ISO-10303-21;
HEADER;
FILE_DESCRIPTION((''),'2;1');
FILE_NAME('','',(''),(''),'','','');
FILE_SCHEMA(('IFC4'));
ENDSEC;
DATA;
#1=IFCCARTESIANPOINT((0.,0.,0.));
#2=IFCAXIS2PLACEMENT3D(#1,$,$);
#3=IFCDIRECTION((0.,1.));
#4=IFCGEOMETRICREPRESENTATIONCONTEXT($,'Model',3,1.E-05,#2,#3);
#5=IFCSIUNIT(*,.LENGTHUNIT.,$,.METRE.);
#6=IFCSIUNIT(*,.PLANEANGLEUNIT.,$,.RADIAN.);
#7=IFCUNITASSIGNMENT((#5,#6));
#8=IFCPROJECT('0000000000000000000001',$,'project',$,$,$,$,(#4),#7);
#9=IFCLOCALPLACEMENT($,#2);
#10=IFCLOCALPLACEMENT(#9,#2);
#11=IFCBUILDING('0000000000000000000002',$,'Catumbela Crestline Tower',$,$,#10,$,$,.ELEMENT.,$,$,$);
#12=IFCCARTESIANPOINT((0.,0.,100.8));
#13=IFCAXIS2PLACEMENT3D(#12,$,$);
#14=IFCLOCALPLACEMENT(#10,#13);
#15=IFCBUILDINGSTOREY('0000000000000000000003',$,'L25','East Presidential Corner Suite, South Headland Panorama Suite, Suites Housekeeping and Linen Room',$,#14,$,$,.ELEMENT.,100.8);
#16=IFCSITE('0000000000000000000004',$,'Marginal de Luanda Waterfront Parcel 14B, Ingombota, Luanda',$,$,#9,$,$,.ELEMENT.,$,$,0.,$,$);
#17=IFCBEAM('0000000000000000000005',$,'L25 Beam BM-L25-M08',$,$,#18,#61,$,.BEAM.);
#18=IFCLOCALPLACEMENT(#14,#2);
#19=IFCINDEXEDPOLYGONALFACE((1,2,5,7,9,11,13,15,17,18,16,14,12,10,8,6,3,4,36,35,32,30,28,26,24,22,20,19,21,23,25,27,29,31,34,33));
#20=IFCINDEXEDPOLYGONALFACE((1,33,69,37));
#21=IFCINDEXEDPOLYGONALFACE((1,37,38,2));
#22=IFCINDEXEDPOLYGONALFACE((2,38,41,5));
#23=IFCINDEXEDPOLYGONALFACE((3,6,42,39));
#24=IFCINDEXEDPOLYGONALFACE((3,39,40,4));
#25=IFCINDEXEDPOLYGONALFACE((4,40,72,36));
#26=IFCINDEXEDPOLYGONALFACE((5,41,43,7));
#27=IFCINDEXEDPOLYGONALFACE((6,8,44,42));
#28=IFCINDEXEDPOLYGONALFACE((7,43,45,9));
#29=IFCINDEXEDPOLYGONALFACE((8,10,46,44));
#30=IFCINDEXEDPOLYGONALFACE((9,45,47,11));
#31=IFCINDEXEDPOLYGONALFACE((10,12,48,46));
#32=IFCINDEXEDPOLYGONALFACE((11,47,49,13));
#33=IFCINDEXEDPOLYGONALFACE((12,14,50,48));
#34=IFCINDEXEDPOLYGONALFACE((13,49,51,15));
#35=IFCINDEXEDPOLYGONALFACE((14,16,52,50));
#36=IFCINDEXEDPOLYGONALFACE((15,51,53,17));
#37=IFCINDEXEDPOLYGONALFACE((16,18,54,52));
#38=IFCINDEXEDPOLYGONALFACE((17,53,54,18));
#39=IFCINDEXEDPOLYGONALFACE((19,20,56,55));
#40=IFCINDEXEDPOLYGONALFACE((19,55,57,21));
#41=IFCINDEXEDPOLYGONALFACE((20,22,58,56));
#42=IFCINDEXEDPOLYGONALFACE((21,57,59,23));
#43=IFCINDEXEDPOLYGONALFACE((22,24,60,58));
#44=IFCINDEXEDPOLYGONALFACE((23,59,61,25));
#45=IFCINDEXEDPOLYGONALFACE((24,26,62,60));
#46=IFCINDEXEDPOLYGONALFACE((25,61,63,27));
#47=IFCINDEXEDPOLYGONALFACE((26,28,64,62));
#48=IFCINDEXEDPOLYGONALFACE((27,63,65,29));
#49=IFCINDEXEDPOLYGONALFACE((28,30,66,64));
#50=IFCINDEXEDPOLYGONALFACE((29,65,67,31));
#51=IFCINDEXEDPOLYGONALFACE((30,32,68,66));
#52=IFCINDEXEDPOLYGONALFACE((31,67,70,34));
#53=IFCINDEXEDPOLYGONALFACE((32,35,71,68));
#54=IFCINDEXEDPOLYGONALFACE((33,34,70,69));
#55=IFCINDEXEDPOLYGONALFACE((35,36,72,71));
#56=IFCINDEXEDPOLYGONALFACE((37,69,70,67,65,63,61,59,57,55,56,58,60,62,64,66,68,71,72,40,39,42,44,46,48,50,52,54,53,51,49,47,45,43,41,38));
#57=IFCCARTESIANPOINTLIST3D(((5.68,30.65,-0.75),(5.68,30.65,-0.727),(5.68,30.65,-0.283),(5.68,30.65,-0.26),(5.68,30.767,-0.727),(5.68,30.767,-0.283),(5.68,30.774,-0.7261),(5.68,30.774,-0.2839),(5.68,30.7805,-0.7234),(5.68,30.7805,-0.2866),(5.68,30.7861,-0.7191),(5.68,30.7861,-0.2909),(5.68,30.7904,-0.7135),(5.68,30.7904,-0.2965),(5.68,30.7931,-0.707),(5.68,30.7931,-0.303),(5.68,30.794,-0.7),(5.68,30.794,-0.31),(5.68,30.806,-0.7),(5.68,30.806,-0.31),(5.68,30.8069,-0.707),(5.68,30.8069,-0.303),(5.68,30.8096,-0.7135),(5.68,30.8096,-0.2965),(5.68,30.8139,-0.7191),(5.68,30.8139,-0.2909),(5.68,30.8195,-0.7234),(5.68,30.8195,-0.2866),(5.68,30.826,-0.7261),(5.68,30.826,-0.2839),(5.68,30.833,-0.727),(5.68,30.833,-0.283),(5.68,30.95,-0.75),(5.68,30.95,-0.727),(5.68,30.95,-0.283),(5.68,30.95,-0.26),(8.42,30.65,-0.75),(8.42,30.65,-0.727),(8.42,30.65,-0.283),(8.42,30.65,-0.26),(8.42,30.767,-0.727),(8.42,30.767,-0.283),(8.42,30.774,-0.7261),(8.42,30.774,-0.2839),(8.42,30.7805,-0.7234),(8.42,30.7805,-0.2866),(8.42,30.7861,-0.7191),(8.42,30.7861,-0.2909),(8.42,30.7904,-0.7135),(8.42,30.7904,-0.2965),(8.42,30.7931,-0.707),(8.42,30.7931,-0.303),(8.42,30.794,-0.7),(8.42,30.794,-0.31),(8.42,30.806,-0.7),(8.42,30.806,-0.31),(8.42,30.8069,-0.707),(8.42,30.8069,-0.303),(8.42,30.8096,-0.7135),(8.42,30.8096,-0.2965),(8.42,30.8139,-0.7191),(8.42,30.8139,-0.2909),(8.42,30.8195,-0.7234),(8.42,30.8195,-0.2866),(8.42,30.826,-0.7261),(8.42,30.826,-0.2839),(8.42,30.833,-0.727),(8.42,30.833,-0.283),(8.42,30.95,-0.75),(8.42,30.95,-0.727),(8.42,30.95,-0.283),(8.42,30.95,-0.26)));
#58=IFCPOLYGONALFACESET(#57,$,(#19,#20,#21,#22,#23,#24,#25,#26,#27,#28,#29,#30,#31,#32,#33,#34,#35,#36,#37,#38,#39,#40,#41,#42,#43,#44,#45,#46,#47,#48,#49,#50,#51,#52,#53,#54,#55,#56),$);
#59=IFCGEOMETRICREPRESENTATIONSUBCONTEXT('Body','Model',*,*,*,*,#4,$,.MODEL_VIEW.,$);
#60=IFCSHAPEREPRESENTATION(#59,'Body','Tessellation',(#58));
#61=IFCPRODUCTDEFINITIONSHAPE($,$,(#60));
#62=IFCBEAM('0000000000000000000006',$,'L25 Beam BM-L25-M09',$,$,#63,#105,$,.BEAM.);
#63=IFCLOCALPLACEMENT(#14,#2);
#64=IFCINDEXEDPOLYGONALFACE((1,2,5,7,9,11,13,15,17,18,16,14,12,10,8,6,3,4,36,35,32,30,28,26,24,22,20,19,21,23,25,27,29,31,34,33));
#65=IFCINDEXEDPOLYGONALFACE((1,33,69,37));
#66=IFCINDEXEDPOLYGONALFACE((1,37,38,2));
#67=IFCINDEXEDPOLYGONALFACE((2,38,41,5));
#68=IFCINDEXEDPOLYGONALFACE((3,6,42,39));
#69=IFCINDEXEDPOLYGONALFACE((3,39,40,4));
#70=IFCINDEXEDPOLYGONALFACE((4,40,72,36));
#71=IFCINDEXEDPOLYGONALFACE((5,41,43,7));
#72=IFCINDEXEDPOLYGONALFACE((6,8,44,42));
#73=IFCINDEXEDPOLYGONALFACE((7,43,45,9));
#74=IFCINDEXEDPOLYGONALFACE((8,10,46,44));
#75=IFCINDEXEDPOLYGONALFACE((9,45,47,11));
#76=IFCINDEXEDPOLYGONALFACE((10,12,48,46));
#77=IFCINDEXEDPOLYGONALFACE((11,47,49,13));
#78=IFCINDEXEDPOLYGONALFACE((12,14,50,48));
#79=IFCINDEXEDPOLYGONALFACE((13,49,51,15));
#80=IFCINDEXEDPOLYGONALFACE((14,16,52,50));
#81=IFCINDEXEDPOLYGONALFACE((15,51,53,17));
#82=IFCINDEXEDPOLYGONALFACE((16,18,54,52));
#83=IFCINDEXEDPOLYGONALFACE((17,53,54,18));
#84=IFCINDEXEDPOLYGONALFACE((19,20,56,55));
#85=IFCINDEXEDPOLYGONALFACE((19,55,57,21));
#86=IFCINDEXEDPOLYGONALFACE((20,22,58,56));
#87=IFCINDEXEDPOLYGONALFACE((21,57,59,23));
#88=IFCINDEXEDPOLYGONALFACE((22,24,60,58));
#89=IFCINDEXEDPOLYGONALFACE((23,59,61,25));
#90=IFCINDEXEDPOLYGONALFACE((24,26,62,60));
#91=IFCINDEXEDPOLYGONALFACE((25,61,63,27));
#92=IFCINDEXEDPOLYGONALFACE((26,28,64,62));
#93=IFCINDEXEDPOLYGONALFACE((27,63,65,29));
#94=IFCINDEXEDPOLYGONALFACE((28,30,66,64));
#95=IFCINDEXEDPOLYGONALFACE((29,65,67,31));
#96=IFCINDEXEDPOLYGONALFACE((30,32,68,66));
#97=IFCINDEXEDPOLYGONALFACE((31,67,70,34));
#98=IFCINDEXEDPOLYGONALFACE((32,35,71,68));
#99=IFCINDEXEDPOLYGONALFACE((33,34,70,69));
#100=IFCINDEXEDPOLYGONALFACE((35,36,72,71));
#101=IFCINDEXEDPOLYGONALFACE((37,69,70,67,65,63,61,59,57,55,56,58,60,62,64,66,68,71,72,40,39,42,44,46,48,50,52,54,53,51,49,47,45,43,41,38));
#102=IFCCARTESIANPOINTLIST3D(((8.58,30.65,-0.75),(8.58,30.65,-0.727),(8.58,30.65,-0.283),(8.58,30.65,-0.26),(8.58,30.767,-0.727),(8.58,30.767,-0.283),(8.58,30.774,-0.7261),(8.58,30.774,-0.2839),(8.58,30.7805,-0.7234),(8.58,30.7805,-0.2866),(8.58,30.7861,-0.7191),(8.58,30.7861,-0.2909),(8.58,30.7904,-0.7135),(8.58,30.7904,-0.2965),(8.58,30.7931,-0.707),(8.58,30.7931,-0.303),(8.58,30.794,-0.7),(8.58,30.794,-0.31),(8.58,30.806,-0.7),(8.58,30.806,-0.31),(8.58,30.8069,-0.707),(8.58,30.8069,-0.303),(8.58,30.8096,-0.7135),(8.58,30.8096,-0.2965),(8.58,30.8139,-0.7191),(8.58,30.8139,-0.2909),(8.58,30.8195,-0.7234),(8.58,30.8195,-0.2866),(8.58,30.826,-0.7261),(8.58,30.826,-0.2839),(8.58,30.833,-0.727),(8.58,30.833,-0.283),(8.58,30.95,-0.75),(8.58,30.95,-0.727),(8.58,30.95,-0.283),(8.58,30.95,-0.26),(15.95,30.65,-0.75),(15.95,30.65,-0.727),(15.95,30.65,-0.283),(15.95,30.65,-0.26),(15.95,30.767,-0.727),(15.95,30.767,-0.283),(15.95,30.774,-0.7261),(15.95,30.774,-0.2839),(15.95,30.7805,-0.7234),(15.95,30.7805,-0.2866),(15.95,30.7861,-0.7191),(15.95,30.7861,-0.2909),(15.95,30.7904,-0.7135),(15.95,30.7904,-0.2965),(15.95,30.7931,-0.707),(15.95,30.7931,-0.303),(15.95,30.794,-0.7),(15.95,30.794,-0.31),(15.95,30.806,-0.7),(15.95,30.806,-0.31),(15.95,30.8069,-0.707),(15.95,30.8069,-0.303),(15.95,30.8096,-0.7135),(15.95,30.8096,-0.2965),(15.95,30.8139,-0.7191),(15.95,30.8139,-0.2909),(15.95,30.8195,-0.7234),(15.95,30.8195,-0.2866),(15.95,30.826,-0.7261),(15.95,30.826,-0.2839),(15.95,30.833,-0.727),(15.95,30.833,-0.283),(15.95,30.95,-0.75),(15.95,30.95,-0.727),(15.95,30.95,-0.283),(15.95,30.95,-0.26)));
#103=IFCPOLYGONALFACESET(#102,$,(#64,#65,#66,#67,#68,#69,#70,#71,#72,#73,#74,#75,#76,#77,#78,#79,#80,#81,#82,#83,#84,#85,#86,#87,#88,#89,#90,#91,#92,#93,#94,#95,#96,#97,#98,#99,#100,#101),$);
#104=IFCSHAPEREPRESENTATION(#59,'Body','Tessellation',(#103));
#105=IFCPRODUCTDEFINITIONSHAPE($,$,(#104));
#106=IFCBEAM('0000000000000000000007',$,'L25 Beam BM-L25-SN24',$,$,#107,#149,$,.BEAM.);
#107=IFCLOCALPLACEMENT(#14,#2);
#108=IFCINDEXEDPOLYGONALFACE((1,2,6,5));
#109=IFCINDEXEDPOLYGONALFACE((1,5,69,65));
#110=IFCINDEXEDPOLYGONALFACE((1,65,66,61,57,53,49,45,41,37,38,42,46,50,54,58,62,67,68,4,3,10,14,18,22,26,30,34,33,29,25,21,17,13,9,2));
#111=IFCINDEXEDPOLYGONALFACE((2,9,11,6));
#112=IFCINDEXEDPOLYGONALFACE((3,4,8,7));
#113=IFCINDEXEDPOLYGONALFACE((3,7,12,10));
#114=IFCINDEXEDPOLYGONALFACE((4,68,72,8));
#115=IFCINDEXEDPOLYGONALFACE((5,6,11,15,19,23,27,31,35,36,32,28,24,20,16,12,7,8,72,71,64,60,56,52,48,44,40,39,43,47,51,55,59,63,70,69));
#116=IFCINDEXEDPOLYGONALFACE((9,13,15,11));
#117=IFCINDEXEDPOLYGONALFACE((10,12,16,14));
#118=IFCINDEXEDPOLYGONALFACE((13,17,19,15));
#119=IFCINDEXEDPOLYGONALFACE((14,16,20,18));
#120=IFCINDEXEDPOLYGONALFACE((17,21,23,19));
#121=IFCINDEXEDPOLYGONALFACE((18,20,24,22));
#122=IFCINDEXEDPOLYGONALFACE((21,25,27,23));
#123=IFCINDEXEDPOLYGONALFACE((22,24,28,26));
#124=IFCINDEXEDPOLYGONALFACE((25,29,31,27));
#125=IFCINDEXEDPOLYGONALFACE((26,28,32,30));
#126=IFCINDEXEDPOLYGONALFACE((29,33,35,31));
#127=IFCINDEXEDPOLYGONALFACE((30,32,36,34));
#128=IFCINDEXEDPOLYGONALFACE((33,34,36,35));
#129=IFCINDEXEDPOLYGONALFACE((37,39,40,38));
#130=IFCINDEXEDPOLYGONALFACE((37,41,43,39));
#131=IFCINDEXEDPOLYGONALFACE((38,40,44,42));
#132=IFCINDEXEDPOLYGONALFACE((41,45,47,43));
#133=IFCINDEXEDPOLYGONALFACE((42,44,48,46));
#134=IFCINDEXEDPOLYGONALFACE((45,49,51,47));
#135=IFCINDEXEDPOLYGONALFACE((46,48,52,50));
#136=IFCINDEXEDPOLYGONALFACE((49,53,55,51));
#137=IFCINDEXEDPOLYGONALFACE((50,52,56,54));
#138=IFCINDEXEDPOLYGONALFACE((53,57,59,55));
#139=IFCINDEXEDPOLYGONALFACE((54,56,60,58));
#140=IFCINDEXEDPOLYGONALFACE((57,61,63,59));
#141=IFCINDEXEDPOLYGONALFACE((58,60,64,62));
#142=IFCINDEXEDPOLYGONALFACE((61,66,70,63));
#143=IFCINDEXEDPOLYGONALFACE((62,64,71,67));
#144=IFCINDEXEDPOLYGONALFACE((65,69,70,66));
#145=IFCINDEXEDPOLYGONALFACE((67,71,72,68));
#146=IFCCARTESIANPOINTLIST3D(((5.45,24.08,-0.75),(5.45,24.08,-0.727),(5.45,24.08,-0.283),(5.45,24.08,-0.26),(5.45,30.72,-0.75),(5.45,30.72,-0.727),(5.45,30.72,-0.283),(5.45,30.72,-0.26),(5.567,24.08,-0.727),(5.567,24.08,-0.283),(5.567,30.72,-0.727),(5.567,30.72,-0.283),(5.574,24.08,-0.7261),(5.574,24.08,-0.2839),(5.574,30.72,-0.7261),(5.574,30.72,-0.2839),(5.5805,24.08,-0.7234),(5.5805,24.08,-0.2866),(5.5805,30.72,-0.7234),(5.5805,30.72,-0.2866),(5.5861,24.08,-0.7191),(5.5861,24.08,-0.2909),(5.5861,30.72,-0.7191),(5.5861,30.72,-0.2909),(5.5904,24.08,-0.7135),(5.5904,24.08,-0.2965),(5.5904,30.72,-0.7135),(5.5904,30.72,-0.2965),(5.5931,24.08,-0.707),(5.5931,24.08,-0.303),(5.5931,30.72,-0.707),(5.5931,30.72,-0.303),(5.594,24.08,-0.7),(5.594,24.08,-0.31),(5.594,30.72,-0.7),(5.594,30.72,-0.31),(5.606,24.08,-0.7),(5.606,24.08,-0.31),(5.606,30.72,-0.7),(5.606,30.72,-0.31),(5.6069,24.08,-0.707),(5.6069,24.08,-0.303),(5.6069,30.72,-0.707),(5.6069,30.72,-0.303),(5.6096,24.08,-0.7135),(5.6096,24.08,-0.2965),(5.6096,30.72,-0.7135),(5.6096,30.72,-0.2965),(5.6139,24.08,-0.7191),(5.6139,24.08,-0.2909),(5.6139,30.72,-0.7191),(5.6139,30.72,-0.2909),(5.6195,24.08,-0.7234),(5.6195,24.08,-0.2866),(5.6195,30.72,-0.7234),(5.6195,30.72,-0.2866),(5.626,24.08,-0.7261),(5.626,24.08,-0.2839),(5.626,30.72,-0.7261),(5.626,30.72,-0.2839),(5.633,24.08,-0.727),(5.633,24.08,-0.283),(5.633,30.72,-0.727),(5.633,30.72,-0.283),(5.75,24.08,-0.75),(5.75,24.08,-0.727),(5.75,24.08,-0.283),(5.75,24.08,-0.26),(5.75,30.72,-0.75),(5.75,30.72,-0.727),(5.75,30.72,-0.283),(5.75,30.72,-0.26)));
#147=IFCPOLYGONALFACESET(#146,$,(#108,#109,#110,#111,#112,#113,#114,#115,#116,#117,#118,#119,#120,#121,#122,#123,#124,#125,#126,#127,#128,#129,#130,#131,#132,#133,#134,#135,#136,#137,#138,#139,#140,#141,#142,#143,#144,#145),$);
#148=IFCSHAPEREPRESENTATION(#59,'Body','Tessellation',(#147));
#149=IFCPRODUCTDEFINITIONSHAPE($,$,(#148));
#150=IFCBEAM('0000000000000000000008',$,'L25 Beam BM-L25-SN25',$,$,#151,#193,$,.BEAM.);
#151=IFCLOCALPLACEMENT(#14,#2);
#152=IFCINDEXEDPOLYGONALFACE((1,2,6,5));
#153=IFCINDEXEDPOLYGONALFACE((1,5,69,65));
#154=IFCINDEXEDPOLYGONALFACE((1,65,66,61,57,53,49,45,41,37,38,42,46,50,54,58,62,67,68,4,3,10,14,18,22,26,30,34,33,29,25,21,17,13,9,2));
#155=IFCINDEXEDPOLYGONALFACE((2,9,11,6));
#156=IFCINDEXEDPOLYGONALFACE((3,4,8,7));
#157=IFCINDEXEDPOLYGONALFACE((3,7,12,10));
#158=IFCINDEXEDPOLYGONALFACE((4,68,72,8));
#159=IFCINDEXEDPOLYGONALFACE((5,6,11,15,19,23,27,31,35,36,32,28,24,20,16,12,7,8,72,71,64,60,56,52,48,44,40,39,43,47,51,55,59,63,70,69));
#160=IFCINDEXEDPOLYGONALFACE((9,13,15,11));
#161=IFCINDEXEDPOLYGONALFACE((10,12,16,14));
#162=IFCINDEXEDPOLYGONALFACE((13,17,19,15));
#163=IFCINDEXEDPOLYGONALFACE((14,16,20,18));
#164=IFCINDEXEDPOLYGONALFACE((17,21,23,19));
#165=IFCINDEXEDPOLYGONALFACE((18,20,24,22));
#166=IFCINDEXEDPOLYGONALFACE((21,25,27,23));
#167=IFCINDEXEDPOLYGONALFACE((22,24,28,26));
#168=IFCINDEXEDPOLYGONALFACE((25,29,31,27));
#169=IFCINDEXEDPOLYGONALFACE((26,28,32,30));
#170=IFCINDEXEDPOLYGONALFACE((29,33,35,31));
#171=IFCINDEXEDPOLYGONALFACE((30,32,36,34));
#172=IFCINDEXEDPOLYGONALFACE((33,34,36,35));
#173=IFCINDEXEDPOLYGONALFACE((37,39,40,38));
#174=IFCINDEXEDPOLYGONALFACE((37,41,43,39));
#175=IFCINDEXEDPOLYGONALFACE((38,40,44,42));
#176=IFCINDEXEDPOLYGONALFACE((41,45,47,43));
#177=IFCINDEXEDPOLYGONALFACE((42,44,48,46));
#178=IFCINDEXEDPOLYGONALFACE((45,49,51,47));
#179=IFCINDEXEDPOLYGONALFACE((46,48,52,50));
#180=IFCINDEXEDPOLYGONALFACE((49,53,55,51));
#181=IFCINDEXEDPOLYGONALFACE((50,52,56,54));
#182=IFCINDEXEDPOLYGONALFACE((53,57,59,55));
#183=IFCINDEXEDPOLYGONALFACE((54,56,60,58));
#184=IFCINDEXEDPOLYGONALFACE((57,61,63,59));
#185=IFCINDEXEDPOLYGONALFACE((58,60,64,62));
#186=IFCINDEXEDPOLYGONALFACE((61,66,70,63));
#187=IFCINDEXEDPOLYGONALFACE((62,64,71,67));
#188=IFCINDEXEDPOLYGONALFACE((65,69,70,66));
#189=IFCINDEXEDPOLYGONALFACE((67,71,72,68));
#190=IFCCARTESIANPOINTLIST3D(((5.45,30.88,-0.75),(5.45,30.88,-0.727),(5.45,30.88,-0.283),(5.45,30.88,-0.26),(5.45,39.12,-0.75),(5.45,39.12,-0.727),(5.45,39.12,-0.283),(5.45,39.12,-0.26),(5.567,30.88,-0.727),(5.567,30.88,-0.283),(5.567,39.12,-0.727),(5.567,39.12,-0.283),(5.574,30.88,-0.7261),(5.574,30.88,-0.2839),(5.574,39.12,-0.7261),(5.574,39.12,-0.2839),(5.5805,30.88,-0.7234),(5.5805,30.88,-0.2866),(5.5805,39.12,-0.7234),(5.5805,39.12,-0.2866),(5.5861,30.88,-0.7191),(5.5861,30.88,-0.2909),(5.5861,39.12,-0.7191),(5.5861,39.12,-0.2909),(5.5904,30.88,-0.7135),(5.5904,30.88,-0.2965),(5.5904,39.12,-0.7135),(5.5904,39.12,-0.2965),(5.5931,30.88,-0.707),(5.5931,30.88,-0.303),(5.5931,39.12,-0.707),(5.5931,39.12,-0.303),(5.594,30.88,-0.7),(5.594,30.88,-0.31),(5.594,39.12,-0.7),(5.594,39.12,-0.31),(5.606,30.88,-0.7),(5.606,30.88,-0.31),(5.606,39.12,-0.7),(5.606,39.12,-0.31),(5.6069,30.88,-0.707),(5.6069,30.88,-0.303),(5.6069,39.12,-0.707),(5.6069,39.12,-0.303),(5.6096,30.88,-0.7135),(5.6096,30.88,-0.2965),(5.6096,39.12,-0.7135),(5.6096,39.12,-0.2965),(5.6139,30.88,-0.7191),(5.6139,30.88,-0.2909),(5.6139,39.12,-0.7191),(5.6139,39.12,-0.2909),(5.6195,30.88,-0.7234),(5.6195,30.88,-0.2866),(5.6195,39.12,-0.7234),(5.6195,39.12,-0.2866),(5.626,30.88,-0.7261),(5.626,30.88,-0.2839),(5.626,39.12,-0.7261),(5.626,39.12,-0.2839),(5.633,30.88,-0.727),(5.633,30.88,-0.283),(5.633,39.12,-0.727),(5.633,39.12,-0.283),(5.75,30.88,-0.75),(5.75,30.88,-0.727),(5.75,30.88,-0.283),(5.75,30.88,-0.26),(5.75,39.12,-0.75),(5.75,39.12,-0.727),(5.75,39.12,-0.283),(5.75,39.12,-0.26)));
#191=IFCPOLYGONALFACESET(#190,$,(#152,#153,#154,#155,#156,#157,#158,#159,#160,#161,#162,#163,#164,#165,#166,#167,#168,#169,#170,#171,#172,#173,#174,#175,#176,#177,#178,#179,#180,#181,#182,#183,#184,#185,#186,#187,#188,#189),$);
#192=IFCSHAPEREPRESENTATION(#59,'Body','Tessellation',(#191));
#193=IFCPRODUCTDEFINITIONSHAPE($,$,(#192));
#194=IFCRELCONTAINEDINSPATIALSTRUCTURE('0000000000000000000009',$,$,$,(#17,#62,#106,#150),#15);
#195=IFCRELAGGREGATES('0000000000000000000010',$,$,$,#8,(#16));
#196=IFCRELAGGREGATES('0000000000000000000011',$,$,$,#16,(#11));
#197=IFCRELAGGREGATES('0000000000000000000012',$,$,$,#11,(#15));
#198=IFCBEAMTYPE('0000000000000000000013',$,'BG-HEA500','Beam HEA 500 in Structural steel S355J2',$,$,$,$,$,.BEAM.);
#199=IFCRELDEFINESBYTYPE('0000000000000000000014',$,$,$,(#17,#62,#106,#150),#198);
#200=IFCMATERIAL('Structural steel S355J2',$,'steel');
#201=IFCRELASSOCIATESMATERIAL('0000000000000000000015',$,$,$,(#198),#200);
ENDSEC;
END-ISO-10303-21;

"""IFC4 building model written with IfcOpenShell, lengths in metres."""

from ifc_helpers import new_model, si_unit, direction, frame, origin, origin_2d, place, context, subcontext, project, spatial, i_section, extrude, material, material_profile, profile_set, type_object, element, save


model = new_model("IFC4")

# Units and contexts
model_context = context("Model", 3, precision=1e-05, world=origin(), true_north=direction((0.0, 1.0)))
body_context = subcontext(model_context, "Body", "Model", "MODEL_VIEW")
ifc_project = project(units=[si_unit("LENGTHUNIT", "METRE"), si_unit("PLANEANGLEUNIT", "RADIAN")], contexts=[model_context])

# Site, building, storey
site_placement = place(None, origin())
site = spatial("IfcSite", under=ifc_project, at=site_placement, Name="Marginal de Luanda Waterfront Parcel 14B, Ingombota, Luanda", CompositionType="ELEMENT", RefElevation=0.0)
building_placement = place(site_placement, origin())
building = spatial("IfcBuilding", under=site, at=building_placement, Name="Catumbela Crestline Tower", CompositionType="ELEMENT")
storey_placement = place(building_placement, frame((0.0, 0.0, 100.8)))
storey = spatial("IfcBuildingStorey", under=building, at=storey_placement, Name="L25", Description="East Presidential Corner Suite, South Headland Panorama Suite, Suites Housekeeping and Linen Room", CompositionType="ELEMENT", Elevation=100.8)

# Beams
ifc_material_1 = material(Name="Structural steel S355J2", Category="steel")
ifc_material_profile_1 = material_profile(ifc_material_1, i_section(OverallWidth=0.3, OverallDepth=0.49, WebThickness=0.012, FlangeThickness=0.023, FilletRadius=0.027, at=origin_2d()), Name="HEA 500")
ifc_profile_set_1 = profile_set([ifc_material_profile_1], Name="Structural steel S355J2")
beam_type = type_object("IfcBeamType", Name="BG-HEA500", Description="Beam HEA 500 in Structural steel S355J2", PredefinedType="BEAM", material=ifc_profile_set_1)
beam_1_placement = place(storey_placement, frame((5.68, 30.8, -0.505), z_axis=(1.0, 0.0, 0.0), x_axis=(0.0, 1.0, 0.0)))
element("IfcBeam", 1, at=beam_1_placement, inside=storey, type_object=beam_type, Name="L25 Beam BM-L25-M08", PredefinedType="BEAM", context=body_context, shape_type="SweptSolid", body=[
    extrude(i_section(OverallWidth=0.3, OverallDepth=0.49, WebThickness=0.012, FlangeThickness=0.023, FilletRadius=0.027, at=origin_2d()), origin(), (0.0, 0.0, 1.0), 2.74),
])
beam_2_placement = place(storey_placement, frame((8.58, 30.8, -0.505), z_axis=(1.0, 0.0, 0.0), x_axis=(0.0, 1.0, 0.0)))
element("IfcBeam", 2, at=beam_2_placement, inside=storey, type_object=beam_type, Name="L25 Beam BM-L25-M09", PredefinedType="BEAM", context=body_context, shape_type="SweptSolid", body=[
    extrude(i_section(OverallWidth=0.3, OverallDepth=0.49, WebThickness=0.012, FlangeThickness=0.023, FilletRadius=0.027, at=origin_2d()), origin(), (0.0, 0.0, 1.0), 7.37),
])
beam_3_placement = place(storey_placement, frame((5.6, 24.08, -0.505), z_axis=(0.0, 1.0, 0.0), x_axis=(-1.0, 0.0, 0.0)))
element("IfcBeam", 3, at=beam_3_placement, inside=storey, type_object=beam_type, Name="L25 Beam BM-L25-SN24", PredefinedType="BEAM", context=body_context, shape_type="SweptSolid", body=[
    extrude(i_section(OverallWidth=0.3, OverallDepth=0.49, WebThickness=0.012, FlangeThickness=0.023, FilletRadius=0.027, at=origin_2d()), origin(), (0.0, 0.0, 1.0), 6.64),
])
beam_4_placement = place(storey_placement, frame((5.6, 30.88, -0.505), z_axis=(0.0, 1.0, 0.0), x_axis=(-1.0, 0.0, 0.0)))
element("IfcBeam", 4, at=beam_4_placement, inside=storey, type_object=beam_type, Name="L25 Beam BM-L25-SN25", PredefinedType="BEAM", context=body_context, shape_type="SweptSolid", body=[
    extrude(i_section(OverallWidth=0.3, OverallDepth=0.49, WebThickness=0.012, FlangeThickness=0.023, FilletRadius=0.027, at=origin_2d()), origin(), (0.0, 0.0, 1.0), 8.24),
])

save(model, "model.ifc")
